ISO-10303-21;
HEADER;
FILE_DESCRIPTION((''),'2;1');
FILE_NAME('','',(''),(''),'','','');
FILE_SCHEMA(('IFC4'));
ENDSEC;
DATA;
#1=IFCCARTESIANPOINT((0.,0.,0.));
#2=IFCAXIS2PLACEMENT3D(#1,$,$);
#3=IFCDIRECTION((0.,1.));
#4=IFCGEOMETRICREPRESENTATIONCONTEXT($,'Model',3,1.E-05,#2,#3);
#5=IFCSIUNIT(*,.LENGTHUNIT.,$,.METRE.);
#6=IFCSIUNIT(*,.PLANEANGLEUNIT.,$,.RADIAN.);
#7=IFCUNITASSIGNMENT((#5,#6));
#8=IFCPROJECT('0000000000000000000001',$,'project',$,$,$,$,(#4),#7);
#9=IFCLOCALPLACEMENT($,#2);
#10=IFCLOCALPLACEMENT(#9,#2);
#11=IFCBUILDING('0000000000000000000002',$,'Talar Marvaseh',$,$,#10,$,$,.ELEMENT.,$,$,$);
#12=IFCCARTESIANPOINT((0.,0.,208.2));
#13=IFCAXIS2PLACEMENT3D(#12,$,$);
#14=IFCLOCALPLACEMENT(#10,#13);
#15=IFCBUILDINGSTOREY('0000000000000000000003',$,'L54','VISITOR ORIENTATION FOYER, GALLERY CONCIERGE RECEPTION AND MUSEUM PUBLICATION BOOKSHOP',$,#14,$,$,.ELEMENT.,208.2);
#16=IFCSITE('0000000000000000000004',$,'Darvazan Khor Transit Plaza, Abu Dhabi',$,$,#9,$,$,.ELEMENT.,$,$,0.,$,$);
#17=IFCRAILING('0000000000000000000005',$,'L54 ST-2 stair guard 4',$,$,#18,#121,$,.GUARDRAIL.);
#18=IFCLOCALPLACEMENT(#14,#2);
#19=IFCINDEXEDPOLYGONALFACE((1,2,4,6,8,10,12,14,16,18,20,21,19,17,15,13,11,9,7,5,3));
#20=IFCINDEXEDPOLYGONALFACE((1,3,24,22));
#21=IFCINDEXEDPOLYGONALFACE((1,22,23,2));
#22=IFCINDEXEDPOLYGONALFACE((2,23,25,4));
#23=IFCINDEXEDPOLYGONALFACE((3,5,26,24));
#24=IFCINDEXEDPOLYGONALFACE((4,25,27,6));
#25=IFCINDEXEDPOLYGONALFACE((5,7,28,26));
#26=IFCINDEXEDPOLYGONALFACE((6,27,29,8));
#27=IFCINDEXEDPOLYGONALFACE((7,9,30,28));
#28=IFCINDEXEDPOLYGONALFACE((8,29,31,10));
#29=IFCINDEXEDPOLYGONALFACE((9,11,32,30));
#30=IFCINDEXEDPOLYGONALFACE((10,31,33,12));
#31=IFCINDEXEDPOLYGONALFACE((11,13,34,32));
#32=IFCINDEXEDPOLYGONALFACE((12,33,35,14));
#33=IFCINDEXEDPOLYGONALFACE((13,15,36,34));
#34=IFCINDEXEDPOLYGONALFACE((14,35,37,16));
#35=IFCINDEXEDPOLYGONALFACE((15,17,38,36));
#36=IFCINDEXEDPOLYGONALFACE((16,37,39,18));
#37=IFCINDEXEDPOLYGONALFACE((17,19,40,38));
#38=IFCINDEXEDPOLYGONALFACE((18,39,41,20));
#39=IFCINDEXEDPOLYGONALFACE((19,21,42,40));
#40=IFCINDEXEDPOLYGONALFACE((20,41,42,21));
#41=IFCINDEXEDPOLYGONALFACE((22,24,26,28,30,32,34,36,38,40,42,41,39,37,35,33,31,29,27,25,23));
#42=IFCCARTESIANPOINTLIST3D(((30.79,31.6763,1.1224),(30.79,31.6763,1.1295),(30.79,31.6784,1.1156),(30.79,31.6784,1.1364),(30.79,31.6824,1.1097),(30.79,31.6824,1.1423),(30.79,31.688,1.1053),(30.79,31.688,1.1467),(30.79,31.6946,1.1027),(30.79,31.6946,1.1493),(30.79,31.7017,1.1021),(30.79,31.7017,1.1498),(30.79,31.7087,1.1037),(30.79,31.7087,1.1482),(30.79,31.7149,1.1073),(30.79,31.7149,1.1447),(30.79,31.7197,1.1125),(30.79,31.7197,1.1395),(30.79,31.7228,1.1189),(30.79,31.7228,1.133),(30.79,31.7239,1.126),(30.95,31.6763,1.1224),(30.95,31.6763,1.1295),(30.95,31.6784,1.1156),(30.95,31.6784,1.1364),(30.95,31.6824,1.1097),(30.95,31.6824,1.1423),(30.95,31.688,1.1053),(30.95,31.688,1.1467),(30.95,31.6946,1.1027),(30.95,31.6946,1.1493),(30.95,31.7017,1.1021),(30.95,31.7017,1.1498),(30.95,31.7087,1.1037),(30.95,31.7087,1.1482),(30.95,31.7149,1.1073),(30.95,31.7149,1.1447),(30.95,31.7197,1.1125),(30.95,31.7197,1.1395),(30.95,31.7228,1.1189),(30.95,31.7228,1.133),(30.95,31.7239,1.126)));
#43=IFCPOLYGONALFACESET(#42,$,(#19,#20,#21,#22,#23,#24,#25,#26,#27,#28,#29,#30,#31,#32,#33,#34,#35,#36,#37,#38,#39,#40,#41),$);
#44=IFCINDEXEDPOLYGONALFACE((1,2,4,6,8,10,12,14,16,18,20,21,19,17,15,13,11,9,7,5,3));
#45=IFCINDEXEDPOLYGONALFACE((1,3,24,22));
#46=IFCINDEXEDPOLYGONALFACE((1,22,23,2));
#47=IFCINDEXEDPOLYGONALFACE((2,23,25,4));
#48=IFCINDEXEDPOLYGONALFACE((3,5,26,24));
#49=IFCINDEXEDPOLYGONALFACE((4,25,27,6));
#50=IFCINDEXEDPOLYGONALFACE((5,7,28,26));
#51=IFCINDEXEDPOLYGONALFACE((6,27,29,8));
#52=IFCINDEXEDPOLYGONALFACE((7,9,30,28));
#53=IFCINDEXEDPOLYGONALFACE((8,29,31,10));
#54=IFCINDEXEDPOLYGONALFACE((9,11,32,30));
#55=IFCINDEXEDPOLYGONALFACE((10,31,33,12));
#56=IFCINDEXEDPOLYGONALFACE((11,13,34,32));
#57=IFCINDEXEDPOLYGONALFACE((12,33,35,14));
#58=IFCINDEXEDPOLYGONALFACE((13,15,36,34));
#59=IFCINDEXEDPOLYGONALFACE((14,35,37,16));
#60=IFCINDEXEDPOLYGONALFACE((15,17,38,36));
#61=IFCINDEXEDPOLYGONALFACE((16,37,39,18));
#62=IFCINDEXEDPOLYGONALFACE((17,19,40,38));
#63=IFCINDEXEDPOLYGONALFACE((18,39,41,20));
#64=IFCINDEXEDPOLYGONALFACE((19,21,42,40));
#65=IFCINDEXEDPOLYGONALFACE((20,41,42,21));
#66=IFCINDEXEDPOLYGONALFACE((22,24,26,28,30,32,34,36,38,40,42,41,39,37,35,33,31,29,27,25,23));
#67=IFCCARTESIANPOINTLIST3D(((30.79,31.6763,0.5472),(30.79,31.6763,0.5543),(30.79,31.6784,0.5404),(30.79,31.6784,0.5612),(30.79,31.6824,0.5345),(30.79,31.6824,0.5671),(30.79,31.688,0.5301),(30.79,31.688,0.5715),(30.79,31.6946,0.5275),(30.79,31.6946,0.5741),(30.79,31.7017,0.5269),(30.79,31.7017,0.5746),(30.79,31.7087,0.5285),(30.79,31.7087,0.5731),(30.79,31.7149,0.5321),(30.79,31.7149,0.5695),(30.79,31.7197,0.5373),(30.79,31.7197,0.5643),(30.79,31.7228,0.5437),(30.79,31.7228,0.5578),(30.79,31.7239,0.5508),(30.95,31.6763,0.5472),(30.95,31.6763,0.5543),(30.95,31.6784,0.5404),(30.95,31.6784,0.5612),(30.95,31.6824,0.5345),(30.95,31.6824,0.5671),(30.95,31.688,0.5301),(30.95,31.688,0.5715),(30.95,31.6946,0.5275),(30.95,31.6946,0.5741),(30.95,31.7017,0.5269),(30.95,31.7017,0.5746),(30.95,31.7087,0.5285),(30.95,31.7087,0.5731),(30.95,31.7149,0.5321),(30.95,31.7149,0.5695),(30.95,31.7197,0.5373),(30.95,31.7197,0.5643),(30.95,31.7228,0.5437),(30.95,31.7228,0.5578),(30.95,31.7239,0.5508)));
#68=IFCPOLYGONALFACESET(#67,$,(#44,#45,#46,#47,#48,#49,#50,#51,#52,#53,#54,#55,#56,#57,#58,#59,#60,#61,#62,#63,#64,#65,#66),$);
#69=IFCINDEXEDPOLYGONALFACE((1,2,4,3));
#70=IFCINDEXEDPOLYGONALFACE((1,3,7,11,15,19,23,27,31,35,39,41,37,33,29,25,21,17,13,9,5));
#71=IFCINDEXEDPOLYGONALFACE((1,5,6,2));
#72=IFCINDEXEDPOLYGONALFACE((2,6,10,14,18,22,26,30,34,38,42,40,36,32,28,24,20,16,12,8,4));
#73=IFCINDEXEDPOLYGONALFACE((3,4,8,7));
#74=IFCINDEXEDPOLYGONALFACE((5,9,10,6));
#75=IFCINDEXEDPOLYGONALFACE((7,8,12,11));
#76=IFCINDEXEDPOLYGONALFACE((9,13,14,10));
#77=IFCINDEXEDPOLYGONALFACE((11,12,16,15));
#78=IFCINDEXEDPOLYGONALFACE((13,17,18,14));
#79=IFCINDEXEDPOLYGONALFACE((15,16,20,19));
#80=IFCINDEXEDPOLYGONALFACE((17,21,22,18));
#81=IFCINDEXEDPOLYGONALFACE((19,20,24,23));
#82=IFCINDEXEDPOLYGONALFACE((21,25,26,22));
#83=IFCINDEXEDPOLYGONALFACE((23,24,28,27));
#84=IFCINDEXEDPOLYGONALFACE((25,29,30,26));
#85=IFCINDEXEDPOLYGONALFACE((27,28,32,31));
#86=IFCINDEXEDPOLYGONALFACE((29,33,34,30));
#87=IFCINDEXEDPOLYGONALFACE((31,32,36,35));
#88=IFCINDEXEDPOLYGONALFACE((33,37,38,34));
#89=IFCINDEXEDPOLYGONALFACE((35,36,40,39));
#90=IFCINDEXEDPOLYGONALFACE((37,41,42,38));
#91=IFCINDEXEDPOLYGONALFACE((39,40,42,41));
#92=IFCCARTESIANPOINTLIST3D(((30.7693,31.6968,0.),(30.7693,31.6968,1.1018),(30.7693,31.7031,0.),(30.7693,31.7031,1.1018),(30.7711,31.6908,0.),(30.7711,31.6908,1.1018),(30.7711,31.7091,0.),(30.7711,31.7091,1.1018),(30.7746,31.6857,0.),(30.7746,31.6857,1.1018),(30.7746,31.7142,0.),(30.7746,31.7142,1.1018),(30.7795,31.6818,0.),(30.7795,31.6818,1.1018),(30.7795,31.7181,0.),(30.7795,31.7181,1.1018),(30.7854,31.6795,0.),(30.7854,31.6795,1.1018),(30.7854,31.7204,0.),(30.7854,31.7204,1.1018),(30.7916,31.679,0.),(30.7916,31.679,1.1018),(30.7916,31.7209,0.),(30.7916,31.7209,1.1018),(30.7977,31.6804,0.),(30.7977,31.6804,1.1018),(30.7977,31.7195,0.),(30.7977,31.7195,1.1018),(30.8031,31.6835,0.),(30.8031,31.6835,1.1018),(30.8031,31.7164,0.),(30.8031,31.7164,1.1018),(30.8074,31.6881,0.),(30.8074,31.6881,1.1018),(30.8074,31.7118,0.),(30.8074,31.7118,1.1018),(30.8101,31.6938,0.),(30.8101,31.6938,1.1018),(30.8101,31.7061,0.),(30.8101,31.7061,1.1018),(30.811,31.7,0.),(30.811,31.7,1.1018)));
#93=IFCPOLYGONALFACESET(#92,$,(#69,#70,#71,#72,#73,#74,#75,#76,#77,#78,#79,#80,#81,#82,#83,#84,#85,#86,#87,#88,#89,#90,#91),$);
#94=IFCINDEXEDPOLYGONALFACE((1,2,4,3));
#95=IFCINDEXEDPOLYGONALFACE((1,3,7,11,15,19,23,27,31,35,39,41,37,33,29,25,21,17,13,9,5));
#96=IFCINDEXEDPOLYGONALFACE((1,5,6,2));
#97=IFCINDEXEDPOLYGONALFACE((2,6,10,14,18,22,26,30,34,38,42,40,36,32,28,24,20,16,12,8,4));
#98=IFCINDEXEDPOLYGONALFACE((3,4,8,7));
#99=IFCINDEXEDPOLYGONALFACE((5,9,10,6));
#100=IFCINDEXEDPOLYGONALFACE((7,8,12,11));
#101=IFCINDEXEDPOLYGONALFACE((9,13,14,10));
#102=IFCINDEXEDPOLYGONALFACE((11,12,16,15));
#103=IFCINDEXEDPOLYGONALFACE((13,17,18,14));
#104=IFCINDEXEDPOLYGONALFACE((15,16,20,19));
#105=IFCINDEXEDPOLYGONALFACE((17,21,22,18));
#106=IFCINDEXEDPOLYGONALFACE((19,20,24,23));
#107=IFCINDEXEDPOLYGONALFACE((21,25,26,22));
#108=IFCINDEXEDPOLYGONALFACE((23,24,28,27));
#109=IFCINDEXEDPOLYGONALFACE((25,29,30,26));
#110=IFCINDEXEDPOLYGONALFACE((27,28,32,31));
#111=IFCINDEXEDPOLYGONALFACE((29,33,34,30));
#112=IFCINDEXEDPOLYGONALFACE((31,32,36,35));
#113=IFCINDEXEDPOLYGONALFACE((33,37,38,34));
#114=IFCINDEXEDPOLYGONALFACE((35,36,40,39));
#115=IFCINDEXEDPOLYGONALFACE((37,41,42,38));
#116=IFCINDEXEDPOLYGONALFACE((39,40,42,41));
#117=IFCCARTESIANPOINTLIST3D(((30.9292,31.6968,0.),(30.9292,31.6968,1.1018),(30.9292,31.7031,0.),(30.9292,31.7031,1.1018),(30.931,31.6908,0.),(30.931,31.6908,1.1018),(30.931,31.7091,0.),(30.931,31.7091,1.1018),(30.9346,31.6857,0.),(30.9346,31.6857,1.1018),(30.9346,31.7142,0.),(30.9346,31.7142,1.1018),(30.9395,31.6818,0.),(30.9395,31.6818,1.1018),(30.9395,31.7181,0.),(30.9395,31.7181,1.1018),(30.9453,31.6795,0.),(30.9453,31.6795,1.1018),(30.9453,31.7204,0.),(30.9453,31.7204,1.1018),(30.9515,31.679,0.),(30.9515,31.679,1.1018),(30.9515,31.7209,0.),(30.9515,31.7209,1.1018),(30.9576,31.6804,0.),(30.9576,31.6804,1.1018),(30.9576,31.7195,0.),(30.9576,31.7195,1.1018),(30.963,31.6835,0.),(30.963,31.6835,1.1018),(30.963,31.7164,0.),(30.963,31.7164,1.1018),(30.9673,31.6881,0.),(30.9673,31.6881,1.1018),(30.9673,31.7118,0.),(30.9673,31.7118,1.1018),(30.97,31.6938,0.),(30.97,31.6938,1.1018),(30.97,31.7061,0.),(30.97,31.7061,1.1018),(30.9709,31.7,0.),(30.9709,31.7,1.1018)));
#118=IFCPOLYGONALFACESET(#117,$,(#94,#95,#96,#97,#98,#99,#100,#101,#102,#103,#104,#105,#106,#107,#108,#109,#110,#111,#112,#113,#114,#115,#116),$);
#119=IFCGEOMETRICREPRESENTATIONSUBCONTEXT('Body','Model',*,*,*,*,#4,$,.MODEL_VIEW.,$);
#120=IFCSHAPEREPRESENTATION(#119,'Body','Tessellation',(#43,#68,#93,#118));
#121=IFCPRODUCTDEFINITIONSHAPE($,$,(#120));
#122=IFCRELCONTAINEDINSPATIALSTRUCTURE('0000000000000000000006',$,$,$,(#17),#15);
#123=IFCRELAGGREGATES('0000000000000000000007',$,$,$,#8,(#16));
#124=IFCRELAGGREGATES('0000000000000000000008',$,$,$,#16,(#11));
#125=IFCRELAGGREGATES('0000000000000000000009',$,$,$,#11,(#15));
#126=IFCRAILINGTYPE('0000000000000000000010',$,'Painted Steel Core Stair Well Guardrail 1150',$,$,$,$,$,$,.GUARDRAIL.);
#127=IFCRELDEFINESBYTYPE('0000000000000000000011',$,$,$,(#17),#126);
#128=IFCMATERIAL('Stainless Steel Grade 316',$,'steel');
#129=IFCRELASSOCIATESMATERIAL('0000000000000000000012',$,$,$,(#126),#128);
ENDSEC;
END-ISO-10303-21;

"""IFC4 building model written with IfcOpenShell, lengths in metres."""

from ifc_helpers import new_model, si_unit, direction, frame, origin, origin_2d, place, context, subcontext, project, spatial, circle, extrude, material, type_object, element, save


model = new_model("IFC4")

# Units and contexts
model_context = context("Model", 3, precision=1e-05, world=origin(), true_north=direction((0.0, 1.0)))
body_context = subcontext(model_context, "Body", "Model", "MODEL_VIEW")
ifc_project = project(units=[si_unit("LENGTHUNIT", "METRE"), si_unit("PLANEANGLEUNIT", "RADIAN")], contexts=[model_context])

# Site, building, storey
site_placement = place(None, origin())
site = spatial("IfcSite", under=ifc_project, at=site_placement, Name="Darvazan Khor Transit Plaza, Abu Dhabi", CompositionType="ELEMENT", RefElevation=0.0)
building_placement = place(site_placement, origin())
building = spatial("IfcBuilding", under=site, at=building_placement, Name="Talar Marvaseh", CompositionType="ELEMENT")
storey_placement = place(building_placement, frame((0.0, 0.0, 208.2)))
storey = spatial("IfcBuildingStorey", under=building, at=storey_placement, Name="L54", Description="VISITOR ORIENTATION FOYER, GALLERY CONCIERGE RECEPTION AND MUSEUM PUBLICATION BOOKSHOP", CompositionType="ELEMENT", Elevation=208.2)

# Shared definitions
ifc_material_1 = material(Name="Stainless Steel Grade 316", Category="steel")

# Railing
railing_type_1 = type_object("IfcRailingType", Name="Painted Steel Core Stair Well Guardrail 1150", PredefinedType="GUARDRAIL", material=ifc_material_1)
railing_1_placement = place(storey_placement, frame((30.79, 31.7, 0.0)))
element("IfcRailing", 1, at=railing_1_placement, inside=storey, type_object=railing_type_1, Name="L54 ST-2 stair guard 4", PredefinedType="GUARDRAIL", context=body_context, shape_type="SweptSolid", body=[
    extrude(circle(Radius=0.0239, at=origin_2d()), frame((0.0, 0.0, 1.126), z_axis=(1.0, 0.0, 0.0), x_axis=(0.0, 1.0, 0.0)), (0.0, 0.0, 1.0), 0.1599),
    extrude(circle(Radius=0.0239, at=origin_2d()), frame((0.0, 0.0, 0.5508), z_axis=(1.0, 0.0, 0.0), x_axis=(0.0, 1.0, 0.0)), (0.0, 0.0, 1.0), 0.1599),
    extrude(circle(Radius=0.021, at=origin_2d()), origin(), (0.0, 0.0, 1.0), 1.1018),
    extrude(circle(Radius=0.021, at=origin_2d()), frame((0.1599, 0.0, 0.0)), (0.0, 0.0, 1.0), 1.1018),
])

save(model, "model.ifc")
